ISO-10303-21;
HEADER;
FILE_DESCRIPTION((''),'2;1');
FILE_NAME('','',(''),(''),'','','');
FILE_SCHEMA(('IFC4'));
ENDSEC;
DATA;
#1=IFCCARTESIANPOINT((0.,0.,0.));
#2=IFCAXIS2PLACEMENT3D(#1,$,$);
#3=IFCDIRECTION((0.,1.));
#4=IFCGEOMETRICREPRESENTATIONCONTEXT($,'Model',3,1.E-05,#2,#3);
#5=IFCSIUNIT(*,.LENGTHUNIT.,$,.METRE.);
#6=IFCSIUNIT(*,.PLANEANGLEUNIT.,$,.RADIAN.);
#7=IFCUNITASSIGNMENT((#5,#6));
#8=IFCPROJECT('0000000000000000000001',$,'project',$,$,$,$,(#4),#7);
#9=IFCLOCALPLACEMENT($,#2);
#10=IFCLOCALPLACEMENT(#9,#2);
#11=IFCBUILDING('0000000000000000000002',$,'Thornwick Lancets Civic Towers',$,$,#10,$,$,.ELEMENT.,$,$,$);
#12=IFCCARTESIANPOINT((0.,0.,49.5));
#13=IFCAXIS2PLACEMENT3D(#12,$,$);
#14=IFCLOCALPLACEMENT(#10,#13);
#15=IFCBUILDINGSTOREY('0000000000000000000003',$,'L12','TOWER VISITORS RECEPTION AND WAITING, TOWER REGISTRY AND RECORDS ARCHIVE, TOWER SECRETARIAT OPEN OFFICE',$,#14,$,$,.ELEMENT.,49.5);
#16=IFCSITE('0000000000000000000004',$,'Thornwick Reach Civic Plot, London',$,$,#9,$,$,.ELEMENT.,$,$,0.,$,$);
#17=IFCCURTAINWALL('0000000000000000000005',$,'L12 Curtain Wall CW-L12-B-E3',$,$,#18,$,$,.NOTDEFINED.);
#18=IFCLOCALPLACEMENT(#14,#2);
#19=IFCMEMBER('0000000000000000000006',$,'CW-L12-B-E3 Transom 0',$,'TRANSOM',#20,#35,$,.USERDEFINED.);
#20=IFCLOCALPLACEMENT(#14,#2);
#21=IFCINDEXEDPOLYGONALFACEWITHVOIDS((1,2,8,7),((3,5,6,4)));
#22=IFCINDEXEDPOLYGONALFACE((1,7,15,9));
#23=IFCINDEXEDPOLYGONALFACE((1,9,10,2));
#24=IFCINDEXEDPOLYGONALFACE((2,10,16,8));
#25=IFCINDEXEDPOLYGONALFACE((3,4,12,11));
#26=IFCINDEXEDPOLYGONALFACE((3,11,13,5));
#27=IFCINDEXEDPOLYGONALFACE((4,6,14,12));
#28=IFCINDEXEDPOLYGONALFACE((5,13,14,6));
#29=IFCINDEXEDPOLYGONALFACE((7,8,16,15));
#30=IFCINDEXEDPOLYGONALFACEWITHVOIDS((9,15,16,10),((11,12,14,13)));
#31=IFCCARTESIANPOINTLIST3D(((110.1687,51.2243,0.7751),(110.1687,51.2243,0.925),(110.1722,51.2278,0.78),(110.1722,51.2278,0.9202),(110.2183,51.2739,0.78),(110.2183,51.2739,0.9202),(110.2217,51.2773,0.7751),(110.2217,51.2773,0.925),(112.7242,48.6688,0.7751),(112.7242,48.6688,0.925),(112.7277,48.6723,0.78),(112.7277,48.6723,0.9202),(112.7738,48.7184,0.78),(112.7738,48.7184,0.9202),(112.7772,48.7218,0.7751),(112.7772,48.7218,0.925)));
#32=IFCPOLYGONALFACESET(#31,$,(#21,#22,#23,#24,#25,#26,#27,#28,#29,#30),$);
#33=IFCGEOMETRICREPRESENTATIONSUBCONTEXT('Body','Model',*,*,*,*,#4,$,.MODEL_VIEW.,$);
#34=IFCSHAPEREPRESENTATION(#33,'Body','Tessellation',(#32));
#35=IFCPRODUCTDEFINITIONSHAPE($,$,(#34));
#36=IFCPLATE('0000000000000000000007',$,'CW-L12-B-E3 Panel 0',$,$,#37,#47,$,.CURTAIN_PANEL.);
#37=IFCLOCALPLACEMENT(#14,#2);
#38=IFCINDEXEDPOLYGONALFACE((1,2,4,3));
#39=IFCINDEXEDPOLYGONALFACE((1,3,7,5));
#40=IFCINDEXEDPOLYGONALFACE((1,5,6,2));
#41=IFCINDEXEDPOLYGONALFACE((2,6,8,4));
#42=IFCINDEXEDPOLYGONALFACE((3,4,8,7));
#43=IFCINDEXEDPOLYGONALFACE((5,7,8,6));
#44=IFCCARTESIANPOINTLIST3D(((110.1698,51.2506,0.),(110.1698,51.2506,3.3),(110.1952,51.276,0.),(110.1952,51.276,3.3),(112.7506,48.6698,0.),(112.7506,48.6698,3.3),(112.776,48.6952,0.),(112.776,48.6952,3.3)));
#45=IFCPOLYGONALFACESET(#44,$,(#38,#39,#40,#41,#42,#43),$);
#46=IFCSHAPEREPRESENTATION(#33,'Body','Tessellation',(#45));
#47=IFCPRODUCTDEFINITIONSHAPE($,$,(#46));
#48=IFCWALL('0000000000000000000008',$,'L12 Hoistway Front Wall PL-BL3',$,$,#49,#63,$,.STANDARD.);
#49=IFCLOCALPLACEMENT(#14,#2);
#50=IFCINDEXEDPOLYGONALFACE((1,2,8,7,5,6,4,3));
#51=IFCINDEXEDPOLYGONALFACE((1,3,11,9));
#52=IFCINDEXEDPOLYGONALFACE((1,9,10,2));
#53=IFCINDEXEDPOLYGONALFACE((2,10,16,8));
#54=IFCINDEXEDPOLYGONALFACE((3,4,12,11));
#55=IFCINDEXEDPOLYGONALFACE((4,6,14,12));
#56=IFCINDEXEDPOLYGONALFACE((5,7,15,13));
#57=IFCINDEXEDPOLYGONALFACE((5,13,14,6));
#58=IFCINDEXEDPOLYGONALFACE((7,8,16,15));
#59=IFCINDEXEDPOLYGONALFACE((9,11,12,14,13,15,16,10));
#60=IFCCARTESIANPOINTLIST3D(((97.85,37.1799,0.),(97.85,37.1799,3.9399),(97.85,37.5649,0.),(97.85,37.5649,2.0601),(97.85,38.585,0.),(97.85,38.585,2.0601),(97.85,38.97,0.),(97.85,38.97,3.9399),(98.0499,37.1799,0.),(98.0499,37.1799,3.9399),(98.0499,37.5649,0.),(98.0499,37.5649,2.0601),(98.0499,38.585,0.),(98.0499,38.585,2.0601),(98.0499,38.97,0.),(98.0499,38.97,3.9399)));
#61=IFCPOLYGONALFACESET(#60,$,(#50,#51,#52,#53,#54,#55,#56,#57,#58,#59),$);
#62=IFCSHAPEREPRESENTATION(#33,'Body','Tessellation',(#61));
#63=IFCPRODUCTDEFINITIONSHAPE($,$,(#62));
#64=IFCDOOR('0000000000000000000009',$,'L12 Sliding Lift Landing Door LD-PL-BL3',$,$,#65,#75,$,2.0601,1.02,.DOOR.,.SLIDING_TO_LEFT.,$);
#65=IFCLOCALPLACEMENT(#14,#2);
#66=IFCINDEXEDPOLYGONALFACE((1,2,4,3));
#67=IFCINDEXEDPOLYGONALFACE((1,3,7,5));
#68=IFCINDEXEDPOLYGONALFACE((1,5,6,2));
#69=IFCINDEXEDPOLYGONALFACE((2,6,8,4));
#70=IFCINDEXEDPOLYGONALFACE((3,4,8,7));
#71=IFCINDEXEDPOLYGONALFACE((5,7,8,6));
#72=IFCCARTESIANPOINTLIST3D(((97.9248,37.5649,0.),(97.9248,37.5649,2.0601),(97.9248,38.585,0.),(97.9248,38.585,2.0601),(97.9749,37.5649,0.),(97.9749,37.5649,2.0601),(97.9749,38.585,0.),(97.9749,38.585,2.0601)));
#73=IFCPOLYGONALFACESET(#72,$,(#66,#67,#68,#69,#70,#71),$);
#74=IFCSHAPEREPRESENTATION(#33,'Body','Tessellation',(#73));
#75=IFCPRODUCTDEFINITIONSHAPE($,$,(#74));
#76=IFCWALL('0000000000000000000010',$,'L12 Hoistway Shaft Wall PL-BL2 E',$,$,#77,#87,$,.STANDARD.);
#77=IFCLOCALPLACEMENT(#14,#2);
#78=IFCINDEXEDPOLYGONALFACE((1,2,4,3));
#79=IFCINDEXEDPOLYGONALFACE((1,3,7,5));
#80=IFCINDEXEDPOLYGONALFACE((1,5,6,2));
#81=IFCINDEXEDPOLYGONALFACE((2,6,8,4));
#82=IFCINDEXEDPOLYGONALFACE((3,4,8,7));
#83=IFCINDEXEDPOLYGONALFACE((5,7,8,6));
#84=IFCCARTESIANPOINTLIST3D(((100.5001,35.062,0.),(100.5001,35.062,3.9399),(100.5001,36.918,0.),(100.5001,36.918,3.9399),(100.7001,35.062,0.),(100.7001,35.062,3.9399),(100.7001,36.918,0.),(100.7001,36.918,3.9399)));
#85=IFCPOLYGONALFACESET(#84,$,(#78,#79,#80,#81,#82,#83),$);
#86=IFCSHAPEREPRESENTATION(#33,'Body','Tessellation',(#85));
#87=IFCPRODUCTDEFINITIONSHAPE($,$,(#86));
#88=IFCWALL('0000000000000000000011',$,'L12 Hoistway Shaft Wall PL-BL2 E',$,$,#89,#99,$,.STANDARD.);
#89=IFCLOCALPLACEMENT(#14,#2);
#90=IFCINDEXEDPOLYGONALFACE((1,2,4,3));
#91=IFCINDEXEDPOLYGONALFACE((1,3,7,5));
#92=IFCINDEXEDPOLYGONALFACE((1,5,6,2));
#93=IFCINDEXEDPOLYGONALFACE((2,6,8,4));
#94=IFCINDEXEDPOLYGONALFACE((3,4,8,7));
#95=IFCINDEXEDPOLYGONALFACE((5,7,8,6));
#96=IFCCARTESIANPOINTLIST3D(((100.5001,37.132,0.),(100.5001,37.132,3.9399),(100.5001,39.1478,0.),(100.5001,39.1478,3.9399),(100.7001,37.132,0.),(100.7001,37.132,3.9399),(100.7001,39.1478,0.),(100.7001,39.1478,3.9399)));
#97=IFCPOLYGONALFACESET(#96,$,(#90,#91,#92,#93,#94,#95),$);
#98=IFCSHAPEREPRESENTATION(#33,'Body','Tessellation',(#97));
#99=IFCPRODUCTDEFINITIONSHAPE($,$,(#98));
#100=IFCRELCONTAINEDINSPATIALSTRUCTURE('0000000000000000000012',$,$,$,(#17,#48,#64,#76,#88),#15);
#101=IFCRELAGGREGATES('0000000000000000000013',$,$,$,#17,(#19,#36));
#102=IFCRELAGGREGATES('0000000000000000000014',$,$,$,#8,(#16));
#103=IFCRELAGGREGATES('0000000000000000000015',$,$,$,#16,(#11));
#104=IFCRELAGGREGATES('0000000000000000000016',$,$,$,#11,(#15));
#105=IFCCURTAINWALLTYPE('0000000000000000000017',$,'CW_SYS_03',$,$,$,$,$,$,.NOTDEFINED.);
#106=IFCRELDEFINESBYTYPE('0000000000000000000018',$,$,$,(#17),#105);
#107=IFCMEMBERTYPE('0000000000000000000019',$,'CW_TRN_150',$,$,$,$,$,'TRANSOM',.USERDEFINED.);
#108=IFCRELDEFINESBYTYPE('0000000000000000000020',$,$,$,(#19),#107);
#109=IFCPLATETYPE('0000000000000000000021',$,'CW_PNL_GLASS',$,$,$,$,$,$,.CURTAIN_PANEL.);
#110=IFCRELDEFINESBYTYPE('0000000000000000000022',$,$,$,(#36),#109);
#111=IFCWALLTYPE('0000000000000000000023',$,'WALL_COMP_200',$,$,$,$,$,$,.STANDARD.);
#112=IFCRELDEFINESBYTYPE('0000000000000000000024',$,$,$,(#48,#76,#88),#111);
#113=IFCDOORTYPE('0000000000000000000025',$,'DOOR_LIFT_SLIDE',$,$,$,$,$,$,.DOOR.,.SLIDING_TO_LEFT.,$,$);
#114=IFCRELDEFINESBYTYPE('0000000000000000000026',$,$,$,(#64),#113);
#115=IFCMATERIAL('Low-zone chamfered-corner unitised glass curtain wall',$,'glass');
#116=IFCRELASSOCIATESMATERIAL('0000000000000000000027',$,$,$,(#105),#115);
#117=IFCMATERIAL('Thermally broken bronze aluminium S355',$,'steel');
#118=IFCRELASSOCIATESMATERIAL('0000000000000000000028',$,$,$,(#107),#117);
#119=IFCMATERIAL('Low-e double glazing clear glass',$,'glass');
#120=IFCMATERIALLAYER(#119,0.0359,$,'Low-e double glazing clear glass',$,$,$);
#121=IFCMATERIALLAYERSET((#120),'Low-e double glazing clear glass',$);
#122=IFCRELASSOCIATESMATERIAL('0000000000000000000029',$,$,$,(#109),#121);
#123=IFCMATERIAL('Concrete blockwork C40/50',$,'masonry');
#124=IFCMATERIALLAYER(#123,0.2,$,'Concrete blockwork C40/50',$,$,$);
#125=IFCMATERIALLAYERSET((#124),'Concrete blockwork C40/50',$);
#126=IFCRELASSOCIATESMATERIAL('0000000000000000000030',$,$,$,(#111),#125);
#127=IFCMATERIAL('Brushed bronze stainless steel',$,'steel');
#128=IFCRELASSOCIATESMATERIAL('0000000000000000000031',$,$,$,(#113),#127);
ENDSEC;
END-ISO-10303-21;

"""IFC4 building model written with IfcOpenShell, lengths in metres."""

from ifc_helpers import new_model, si_unit, direction, frame, frame_2d, origin, origin_2d, place, context, subcontext, project, spatial, rectangle, hollow_rectangle, extrude, material, layer, layer_set, material_profile, profile_set, type_object, element, fill, aggregate, save


model = new_model("IFC4")

# Units and contexts
model_context = context("Model", 3, precision=1e-05, world=origin(), true_north=direction((0.0, 1.0)))
body_context = subcontext(model_context, "Body", "Model", "MODEL_VIEW")
ifc_project = project(units=[si_unit("LENGTHUNIT", "METRE"), si_unit("PLANEANGLEUNIT", "RADIAN")], contexts=[model_context])

# Site, building, storey
site_placement = place(None, origin())
site = spatial("IfcSite", under=ifc_project, at=site_placement, Name="Thornwick Reach Civic Plot, London", CompositionType="ELEMENT", RefElevation=0.0)
building_placement = place(site_placement, origin())
building = spatial("IfcBuilding", under=site, at=building_placement, Name="Thornwick Lancets Civic Towers", CompositionType="ELEMENT")
storey_placement = place(building_placement, frame((0.0, 0.0, 49.5)))
storey = spatial("IfcBuildingStorey", under=building, at=storey_placement, Name="L12", Description="TOWER VISITORS RECEPTION AND WAITING, TOWER REGISTRY AND RECORDS ARCHIVE, TOWER SECRETARIAT OPEN OFFICE", CompositionType="ELEMENT", Elevation=49.5)

# Curtain wall, member, plate
ifc_material_1 = material(Name="Low-zone chamfered-corner unitised glass curtain wall", Category="glass")
curtain_wall_type = type_object("IfcCurtainWallType", Name="CW_SYS_03", PredefinedType="NOTDEFINED", material=ifc_material_1)
curtain_wall_placement = place(storey_placement, origin())
curtain_wall = element("IfcCurtainWall", 1, at=curtain_wall_placement, inside=storey, type_object=curtain_wall_type, Name="L12 Curtain Wall CW-L12-B-E3", PredefinedType="NOTDEFINED")
ifc_material_2 = material(Name="Thermally broken bronze aluminium S355", Category="steel")
ifc_material_profile_1 = material_profile(ifc_material_2, hollow_rectangle(XDim=0.075, YDim=0.1499, WallThickness=0.0049, at=origin_2d()), Name="RHS 150x75x5")
ifc_profile_set_1 = profile_set([ifc_material_profile_1], Name="Thermally broken bronze aluminium S355")
member_type_1 = type_object("IfcMemberType", Name="CW_TRN_150", ElementType="TRANSOM", PredefinedType="USERDEFINED", material=ifc_profile_set_1)
member_1_placement = place(storey_placement, frame((112.7507, 48.6953, 0.8501), z_axis=(-0.707107, 0.707107, 0.0), x_axis=(-0.707107, -0.707107, 0.0)))
member_1 = element("IfcMember", 2, at=member_1_placement, type_object=member_type_1, Name="CW-L12-B-E3 Transom 0", ObjectType="TRANSOM", PredefinedType="USERDEFINED", context=body_context, shape_type="SweptSolid", body=[
    extrude(hollow_rectangle(XDim=0.075, YDim=0.1499, WallThickness=0.0049, at=origin_2d()), origin(), (0.0, 0.0, 1.0), 3.614),
])
ifc_material_3 = material(Name="Low-e double glazing clear glass", Category="glass")
ifc_layer_1 = layer(ifc_material_3, 0.0359, Name="Low-e double glazing clear glass")
ifc_layer_set_1 = layer_set([ifc_layer_1], Name="Low-e double glazing clear glass")
plate_type = type_object("IfcPlateType", Name="CW_PNL_GLASS", PredefinedType="CURTAIN_PANEL", material=ifc_layer_set_1)
plate_placement = place(storey_placement, frame((111.4729, 49.9729, 0.0), z_axis=(0.0, 0.0, 1.0), x_axis=(-0.707107, 0.707107, 0.0)))
plate = element("IfcPlate", 3, at=plate_placement, type_object=plate_type, Name="CW-L12-B-E3 Panel 0", PredefinedType="CURTAIN_PANEL", context=body_context, shape_type="SweptSolid", body=[
    extrude(rectangle(XDim=3.6499, YDim=0.0359, at=origin_2d()), origin(), (0.0, 0.0, 1.0), 3.3),
])
aggregate(curtain_wall, [member_1, plate])

# Wall, opening, door
ifc_material_4 = material(Name="Concrete blockwork C40/50", Category="masonry")
ifc_layer_2 = layer(ifc_material_4, 0.2, Name="Concrete blockwork C40/50")
ifc_layer_set_2 = layer_set([ifc_layer_2], Name="Concrete blockwork C40/50")
wall_type_1 = type_object("IfcWallType", Name="WALL_COMP_200", PredefinedType="STANDARD", material=ifc_layer_set_2)
wall_1_placement = place(storey_placement, frame((97.95, 38.97, 0.0), z_axis=(0.0, 0.0, 1.0), x_axis=(0.0, -1.0, 0.0)))
wall_1 = element("IfcWall", 4, at=wall_1_placement, inside=storey, type_object=wall_type_1, Name="L12 Hoistway Front Wall PL-BL3", PredefinedType="STANDARD", context=body_context, shape_type="SweptSolid", body=[
    extrude(rectangle(XDim=1.79, YDim=0.2, at=frame_2d((0.895, 0.0))), origin(), (0.0, 0.0, 1.0), 3.9399),
])
opening_1_placement = place(wall_1_placement, frame((0.385, 0.0, 0.0)))
opening_1 = element("IfcOpeningElement", 5, at=opening_1_placement, cuts=wall_1, PredefinedType="OPENING", context=body_context, shape_type="SweptSolid", body=[
    extrude(rectangle(XDim=1.02, YDim=2.0601, at=frame_2d((0.51, 1.03))), frame((0.0, 0.1099, 0.0), z_axis=(0.0, -1.0, 0.0), x_axis=(1.0, 0.0, 0.0)), (0.0, 0.0, 1.0), 0.22),
])
ifc_material_5 = material(Name="Brushed bronze stainless steel", Category="steel")
door_type = type_object("IfcDoorType", Name="DOOR_LIFT_SLIDE", OperationType="SLIDING_TO_LEFT", PredefinedType="DOOR", material=ifc_material_5)
door_placement = place(opening_1_placement, origin())
door = element("IfcDoor", 6, at=door_placement, inside=storey, type_object=door_type, Name="L12 Sliding Lift Landing Door LD-PL-BL3", OperationType="SLIDING_TO_LEFT", OverallHeight=2.0601, OverallWidth=1.02, PredefinedType="DOOR", context=body_context, shape_type="SweptSolid", body=[
    extrude(rectangle(XDim=1.02, YDim=2.0601, at=frame_2d((0.51, 1.03))), frame((0.0, 0.0249, 0.0), z_axis=(0.0, -1.0, 0.0), x_axis=(1.0, 0.0, 0.0)), (0.0, 0.0, 1.0), 0.05),
])
fill(opening_1, door)

# Walls
wall_2_placement = place(storey_placement, frame((100.6001, 35.062, 0.0), z_axis=(0.0, 0.0, 1.0), x_axis=(0.0, 1.0, 0.0)))
element("IfcWall", 7, at=wall_2_placement, inside=storey, type_object=wall_type_1, Name="L12 Hoistway Shaft Wall PL-BL2 E", PredefinedType="STANDARD", context=body_context, shape_type="SweptSolid", body=[
    extrude(rectangle(XDim=1.856, YDim=0.2, at=frame_2d((0.928, 0.0))), origin(), (0.0, 0.0, 1.0), 3.9399),
])
wall_3_placement = place(storey_placement, frame((100.6001, 37.1321, 0.0), z_axis=(0.0, 0.0, 1.0), x_axis=(0.0, 1.0, 0.0)))
element("IfcWall", 8, at=wall_3_placement, inside=storey, type_object=wall_type_1, Name="L12 Hoistway Shaft Wall PL-BL2 E", PredefinedType="STANDARD", context=body_context, shape_type="SweptSolid", body=[
    extrude(rectangle(XDim=2.0159, YDim=0.2, at=frame_2d((1.0078, 0.0))), origin(), (0.0, 0.0, 1.0), 3.9399),
])

save(model, "model.ifc")
